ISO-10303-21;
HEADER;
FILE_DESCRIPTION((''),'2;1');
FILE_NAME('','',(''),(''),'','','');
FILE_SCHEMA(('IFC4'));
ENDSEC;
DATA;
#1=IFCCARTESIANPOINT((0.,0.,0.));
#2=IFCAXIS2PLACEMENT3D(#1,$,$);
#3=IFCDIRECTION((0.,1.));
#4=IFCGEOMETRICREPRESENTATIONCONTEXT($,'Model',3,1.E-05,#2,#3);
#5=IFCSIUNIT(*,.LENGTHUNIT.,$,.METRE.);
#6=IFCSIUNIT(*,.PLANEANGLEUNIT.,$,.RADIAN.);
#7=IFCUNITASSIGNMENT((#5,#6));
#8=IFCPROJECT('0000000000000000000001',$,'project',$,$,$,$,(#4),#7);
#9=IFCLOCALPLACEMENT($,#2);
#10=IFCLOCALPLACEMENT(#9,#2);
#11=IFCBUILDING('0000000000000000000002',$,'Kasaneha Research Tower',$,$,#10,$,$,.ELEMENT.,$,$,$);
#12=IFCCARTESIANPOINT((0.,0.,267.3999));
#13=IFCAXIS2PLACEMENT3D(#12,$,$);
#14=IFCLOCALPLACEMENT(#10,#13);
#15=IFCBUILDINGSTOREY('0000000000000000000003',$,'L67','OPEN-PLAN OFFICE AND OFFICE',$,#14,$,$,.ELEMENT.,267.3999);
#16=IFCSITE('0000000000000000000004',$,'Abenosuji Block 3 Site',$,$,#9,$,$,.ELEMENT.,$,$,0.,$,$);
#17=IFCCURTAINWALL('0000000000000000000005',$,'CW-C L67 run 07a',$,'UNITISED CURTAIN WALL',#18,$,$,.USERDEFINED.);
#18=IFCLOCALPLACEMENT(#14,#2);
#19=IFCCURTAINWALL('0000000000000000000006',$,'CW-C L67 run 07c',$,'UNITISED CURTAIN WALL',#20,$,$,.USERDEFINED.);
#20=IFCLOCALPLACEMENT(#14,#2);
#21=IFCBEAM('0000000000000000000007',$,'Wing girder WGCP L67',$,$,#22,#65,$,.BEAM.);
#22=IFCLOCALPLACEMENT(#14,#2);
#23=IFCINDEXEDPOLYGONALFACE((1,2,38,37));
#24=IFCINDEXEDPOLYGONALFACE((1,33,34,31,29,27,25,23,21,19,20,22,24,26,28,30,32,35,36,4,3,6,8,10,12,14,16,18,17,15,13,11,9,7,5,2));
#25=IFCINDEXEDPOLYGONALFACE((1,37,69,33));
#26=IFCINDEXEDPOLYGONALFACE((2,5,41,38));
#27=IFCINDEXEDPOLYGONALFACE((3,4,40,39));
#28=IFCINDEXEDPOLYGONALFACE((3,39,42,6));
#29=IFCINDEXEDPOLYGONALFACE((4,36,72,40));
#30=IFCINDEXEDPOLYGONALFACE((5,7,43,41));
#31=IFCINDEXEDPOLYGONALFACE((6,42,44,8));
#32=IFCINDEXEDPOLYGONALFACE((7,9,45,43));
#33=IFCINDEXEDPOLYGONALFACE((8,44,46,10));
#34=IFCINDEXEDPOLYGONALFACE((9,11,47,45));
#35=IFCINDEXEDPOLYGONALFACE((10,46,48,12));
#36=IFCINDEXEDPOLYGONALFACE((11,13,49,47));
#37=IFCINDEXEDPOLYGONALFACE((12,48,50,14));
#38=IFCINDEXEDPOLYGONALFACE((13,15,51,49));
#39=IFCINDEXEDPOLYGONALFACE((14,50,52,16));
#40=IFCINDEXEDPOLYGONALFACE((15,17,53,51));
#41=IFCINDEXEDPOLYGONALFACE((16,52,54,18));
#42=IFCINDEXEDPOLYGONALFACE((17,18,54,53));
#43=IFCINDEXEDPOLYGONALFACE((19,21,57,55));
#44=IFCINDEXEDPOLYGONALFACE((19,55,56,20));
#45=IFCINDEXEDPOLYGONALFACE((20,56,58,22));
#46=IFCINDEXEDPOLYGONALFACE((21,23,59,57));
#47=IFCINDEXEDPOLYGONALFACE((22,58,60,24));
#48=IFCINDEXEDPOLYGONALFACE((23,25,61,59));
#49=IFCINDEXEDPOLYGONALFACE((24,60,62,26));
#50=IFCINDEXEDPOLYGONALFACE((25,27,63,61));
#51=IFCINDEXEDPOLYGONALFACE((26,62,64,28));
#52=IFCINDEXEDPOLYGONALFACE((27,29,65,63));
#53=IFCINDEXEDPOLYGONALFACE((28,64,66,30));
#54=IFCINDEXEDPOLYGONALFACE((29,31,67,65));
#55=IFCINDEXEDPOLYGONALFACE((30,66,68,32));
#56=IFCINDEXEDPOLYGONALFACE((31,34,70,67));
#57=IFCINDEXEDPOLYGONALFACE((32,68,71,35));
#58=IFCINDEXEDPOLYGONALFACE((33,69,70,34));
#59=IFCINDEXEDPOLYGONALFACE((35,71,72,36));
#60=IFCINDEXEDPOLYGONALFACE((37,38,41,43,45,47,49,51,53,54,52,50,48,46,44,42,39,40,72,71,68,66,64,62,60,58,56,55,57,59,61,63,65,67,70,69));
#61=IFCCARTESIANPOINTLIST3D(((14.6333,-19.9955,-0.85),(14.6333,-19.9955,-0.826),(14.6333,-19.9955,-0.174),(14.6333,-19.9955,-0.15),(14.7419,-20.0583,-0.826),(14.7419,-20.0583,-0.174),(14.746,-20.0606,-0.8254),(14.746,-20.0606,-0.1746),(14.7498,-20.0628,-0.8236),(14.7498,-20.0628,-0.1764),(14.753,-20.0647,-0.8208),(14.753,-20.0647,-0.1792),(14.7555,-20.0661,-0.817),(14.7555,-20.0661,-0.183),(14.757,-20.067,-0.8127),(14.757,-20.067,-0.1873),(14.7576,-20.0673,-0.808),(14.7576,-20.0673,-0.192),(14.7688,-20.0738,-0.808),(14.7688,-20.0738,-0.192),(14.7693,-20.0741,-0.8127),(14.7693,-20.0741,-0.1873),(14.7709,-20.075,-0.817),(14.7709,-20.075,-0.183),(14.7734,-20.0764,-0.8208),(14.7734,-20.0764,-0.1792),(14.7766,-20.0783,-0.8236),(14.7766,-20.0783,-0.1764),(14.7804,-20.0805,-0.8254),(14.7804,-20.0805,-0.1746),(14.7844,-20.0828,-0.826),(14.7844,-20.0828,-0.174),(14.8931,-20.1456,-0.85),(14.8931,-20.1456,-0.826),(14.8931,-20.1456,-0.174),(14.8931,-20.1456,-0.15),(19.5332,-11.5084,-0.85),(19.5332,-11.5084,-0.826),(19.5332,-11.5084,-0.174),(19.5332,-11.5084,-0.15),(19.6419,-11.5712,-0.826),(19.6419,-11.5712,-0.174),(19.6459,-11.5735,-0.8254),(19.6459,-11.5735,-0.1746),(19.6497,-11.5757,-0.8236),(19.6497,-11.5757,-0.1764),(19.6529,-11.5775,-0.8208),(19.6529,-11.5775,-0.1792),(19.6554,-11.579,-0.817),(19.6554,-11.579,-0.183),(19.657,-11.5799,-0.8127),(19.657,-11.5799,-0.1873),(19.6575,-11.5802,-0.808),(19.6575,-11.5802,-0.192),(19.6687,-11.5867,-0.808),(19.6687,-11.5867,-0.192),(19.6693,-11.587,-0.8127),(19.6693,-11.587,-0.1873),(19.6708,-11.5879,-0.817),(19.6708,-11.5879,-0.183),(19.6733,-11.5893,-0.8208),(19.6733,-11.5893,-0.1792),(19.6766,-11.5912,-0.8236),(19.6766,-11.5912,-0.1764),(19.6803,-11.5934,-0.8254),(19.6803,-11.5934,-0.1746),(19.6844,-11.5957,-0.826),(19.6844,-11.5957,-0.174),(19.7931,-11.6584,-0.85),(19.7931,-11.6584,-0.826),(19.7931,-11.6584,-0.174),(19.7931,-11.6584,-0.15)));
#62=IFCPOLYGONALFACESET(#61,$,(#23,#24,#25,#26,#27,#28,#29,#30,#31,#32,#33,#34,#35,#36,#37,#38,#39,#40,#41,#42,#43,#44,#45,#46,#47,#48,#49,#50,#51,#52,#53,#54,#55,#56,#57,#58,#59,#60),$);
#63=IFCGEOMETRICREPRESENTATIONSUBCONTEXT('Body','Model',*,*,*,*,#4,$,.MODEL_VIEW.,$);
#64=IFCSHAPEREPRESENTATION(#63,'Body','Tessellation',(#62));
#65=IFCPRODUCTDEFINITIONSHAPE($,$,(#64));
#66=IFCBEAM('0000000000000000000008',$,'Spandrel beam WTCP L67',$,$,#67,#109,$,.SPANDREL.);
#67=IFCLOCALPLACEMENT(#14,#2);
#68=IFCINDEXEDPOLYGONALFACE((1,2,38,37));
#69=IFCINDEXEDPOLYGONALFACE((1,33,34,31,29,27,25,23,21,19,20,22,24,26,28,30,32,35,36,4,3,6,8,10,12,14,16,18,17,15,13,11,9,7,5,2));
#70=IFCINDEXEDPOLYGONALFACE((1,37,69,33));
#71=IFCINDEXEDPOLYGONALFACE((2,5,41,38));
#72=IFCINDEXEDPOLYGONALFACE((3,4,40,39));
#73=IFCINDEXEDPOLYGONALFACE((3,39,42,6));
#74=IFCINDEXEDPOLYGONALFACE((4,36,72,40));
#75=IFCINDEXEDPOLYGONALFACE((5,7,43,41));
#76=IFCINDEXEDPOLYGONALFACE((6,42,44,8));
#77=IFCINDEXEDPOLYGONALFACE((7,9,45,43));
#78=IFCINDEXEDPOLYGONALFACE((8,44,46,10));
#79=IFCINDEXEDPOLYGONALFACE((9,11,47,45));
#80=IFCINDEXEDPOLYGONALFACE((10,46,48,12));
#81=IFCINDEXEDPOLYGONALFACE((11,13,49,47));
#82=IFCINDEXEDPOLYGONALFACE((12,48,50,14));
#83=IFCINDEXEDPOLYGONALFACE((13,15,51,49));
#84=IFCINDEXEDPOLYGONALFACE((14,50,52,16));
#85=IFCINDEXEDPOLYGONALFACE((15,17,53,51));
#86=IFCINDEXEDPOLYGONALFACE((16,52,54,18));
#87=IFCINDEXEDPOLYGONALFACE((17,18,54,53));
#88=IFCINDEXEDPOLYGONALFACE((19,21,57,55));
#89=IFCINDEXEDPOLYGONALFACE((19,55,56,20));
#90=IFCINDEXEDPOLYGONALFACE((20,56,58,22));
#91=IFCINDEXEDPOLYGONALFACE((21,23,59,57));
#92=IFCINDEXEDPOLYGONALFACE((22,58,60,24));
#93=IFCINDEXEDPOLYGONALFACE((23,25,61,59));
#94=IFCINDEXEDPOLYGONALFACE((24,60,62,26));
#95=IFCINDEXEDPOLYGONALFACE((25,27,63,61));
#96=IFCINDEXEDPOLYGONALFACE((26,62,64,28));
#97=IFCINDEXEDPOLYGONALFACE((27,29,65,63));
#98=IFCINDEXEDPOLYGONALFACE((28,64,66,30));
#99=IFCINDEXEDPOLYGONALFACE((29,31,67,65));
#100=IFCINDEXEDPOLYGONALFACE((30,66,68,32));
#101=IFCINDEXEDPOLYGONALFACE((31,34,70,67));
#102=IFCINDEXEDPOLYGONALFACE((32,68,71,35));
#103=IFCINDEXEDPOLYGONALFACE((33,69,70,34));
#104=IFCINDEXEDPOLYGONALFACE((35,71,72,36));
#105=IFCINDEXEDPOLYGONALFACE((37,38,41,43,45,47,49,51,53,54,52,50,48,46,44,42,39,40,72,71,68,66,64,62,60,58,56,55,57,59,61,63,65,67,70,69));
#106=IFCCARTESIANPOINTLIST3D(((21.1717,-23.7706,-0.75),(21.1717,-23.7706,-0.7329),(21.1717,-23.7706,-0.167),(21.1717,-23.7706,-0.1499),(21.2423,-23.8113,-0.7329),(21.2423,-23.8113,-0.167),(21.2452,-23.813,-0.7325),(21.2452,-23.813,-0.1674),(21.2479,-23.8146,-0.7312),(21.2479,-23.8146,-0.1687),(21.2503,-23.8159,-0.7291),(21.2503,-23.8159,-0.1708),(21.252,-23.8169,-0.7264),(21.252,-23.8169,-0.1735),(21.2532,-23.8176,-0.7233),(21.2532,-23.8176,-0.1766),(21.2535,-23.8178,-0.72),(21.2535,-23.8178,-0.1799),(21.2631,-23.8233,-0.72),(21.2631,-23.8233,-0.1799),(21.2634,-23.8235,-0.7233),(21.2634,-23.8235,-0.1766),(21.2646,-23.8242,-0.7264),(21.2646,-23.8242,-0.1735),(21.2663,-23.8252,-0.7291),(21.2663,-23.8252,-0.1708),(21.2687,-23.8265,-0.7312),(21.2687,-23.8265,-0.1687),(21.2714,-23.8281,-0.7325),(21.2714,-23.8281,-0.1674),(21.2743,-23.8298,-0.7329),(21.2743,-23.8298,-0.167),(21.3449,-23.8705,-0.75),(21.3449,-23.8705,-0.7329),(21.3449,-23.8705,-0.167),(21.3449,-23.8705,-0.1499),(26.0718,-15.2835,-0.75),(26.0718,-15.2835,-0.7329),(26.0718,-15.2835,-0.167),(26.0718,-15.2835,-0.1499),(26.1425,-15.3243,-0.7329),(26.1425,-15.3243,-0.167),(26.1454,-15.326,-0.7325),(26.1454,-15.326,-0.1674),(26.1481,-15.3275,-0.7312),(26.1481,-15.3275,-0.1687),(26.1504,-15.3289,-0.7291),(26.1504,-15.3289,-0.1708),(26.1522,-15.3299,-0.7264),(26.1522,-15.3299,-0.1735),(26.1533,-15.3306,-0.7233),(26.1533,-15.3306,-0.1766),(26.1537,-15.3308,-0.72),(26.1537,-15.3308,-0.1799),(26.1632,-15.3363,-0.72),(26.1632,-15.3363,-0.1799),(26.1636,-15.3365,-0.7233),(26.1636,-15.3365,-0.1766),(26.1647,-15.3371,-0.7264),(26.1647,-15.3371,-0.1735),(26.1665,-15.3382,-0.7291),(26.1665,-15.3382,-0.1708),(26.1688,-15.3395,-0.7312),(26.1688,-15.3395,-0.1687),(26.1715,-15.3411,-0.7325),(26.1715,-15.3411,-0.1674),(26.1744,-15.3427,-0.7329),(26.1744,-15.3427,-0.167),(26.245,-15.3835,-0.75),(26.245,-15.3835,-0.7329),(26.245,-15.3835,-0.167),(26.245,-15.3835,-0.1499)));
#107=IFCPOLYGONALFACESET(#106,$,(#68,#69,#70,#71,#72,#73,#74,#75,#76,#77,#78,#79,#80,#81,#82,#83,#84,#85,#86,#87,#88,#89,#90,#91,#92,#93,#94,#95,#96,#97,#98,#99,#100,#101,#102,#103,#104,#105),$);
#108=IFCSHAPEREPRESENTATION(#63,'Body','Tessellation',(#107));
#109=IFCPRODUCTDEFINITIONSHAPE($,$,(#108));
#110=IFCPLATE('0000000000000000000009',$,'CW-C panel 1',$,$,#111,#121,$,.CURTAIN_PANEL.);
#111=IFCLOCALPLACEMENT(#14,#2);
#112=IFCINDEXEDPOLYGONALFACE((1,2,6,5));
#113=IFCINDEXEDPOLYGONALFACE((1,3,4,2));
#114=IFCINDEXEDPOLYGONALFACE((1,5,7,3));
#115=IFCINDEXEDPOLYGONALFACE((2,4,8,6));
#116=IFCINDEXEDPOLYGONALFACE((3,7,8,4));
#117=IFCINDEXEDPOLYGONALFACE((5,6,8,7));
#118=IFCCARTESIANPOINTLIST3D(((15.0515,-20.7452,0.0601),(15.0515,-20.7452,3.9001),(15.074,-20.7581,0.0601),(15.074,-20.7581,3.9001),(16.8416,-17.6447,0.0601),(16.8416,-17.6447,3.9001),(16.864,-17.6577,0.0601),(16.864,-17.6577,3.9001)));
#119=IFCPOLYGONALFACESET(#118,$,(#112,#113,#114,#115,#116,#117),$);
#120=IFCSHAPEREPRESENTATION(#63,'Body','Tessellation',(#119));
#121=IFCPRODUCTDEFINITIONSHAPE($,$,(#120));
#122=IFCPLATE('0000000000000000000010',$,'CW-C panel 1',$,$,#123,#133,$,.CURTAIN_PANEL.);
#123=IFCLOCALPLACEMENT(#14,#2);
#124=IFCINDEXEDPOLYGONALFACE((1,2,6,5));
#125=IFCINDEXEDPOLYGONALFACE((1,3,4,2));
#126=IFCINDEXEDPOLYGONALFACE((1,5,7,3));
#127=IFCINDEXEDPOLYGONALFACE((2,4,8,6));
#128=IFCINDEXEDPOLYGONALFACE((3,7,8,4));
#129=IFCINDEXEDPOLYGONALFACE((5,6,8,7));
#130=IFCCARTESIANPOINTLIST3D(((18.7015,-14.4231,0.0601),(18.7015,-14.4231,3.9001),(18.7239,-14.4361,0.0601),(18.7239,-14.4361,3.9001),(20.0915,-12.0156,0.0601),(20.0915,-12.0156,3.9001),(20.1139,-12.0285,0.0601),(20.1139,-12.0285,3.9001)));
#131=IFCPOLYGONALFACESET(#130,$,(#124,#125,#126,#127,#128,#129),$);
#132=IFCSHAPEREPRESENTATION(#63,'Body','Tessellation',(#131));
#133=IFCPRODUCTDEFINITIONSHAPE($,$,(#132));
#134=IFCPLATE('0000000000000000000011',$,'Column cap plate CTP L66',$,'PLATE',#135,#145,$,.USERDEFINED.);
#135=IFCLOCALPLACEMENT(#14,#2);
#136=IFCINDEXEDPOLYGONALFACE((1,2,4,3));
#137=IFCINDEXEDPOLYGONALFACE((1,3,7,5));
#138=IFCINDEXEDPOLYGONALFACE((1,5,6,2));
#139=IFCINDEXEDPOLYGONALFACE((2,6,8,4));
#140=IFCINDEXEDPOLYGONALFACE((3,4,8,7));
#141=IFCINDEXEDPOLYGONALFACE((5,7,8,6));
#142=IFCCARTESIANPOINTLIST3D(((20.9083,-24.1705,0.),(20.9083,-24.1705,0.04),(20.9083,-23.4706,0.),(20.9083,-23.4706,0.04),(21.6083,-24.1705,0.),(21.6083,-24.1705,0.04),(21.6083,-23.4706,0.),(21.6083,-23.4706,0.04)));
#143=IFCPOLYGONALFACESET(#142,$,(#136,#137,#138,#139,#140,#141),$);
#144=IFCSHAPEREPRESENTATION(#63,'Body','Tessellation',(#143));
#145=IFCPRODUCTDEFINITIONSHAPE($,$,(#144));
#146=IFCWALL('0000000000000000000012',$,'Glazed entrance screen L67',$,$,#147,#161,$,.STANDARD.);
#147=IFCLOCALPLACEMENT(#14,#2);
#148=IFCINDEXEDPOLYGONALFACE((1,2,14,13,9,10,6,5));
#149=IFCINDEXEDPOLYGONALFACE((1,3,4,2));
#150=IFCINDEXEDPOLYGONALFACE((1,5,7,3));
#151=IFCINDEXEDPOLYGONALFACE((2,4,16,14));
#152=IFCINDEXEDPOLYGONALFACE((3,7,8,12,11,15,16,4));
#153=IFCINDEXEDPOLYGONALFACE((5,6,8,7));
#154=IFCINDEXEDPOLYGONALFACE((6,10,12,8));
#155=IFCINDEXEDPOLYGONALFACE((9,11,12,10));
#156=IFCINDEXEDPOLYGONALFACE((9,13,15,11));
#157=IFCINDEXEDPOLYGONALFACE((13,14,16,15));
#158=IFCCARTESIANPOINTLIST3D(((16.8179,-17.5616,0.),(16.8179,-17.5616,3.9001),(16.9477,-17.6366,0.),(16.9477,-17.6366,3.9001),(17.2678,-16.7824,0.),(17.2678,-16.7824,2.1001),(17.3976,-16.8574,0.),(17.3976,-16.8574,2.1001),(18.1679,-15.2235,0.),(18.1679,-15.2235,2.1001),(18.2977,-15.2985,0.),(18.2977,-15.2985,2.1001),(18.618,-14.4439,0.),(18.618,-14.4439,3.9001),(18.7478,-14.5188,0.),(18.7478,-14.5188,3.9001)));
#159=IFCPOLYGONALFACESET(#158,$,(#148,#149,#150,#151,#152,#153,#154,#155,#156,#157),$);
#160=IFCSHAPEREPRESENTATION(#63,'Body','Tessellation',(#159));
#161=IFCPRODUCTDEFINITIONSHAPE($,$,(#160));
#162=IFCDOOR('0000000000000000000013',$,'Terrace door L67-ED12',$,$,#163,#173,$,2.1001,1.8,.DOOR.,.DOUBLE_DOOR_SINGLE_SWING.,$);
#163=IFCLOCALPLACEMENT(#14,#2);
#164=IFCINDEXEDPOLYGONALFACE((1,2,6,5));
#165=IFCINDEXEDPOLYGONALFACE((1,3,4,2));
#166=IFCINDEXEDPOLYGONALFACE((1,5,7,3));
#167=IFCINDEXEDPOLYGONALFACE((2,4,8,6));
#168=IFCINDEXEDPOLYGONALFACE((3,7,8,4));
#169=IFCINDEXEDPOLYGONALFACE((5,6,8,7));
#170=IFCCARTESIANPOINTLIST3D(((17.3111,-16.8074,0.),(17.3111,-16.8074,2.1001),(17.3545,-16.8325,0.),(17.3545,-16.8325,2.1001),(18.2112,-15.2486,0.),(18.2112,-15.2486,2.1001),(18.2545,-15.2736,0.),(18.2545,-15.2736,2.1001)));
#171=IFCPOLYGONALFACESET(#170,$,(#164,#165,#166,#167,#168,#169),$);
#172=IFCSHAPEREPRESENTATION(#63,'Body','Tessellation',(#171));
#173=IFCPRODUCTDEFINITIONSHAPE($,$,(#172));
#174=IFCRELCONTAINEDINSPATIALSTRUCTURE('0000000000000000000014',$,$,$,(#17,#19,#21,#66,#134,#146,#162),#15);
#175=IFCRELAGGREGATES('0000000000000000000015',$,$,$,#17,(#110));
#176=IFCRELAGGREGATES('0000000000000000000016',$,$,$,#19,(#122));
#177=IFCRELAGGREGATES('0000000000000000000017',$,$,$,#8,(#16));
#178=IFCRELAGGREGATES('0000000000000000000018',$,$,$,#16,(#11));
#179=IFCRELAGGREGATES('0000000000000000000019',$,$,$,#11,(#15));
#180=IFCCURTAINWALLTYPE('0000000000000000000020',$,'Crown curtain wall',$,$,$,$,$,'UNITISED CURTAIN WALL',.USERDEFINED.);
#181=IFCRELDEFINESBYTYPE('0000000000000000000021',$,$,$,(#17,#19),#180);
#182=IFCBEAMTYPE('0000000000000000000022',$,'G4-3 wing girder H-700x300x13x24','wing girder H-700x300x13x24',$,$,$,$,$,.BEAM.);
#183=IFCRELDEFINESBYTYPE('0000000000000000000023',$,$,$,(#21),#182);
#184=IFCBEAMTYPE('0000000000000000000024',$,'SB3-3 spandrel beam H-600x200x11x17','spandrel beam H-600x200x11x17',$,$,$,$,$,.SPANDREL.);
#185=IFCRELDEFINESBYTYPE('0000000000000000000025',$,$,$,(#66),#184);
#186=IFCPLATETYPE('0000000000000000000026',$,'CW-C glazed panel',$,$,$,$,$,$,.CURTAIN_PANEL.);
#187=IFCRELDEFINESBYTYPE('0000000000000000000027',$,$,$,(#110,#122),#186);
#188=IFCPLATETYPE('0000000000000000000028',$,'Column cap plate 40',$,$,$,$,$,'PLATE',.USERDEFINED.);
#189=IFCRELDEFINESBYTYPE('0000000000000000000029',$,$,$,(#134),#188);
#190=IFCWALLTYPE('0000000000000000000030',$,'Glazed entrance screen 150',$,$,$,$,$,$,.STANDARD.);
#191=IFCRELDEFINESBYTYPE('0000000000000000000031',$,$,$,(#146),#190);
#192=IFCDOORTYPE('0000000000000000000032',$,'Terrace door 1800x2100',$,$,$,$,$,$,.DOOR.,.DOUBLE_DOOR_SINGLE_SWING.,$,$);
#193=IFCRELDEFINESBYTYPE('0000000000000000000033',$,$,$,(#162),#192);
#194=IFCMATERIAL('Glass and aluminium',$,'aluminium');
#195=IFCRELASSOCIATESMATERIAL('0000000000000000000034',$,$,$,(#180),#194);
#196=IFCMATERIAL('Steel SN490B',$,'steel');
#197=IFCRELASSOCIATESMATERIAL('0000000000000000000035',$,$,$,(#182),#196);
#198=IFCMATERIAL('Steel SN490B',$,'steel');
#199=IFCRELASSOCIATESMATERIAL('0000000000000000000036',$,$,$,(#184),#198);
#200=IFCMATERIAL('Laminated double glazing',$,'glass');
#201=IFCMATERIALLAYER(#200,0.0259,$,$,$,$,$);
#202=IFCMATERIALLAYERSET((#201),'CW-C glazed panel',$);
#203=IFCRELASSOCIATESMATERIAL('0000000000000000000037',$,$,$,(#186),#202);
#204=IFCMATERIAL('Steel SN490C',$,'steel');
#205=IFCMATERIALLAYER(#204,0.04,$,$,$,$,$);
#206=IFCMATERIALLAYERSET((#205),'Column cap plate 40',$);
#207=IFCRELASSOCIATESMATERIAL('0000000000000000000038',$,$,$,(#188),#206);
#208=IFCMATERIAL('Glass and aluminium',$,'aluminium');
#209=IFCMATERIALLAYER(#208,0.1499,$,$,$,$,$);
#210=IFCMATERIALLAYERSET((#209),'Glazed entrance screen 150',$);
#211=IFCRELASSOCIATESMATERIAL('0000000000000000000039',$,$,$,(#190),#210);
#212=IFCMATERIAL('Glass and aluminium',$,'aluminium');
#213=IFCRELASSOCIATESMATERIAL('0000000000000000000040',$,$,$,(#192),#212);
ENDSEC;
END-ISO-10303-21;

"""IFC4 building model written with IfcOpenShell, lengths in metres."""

from ifc_helpers import new_model, si_unit, direction, frame, frame_2d, origin, origin_2d, place, context, subcontext, project, spatial, rectangle, i_section, extrude, material, layer, layer_set, material_profile, profile_set, type_object, element, fill, aggregate, save


model = new_model("IFC4")

# Units and contexts
model_context = context("Model", 3, precision=1e-05, world=origin(), true_north=direction((0.0, 1.0)))
body_context = subcontext(model_context, "Body", "Model", "MODEL_VIEW")
ifc_project = project(units=[si_unit("LENGTHUNIT", "METRE"), si_unit("PLANEANGLEUNIT", "RADIAN")], contexts=[model_context])

# Site, building, storey
site_placement = place(None, origin())
site = spatial("IfcSite", under=ifc_project, at=site_placement, Name="Abenosuji Block 3 Site", CompositionType="ELEMENT", RefElevation=0.0)
building_placement = place(site_placement, origin())
building = spatial("IfcBuilding", under=site, at=building_placement, Name="Kasaneha Research Tower", CompositionType="ELEMENT")
storey_placement = place(building_placement, frame((0.0, 0.0, 267.3999)))
storey = spatial("IfcBuildingStorey", under=building, at=storey_placement, Name="L67", Description="OPEN-PLAN OFFICE AND OFFICE", CompositionType="ELEMENT", Elevation=267.3999)

# Shared definitions
ifc_material_1 = material(Name="Glass and aluminium", Category="aluminium")
curtain_wall_type = type_object("IfcCurtainWallType", Name="Crown curtain wall", ElementType="UNITISED CURTAIN WALL", PredefinedType="USERDEFINED", material=ifc_material_1)

# Curtain walls
curtain_wall_1_placement = place(storey_placement, origin())
curtain_wall_1 = element("IfcCurtainWall", 1, at=curtain_wall_1_placement, inside=storey, type_object=curtain_wall_type, Name="CW-C L67 run 07a", ObjectType="UNITISED CURTAIN WALL", PredefinedType="USERDEFINED")
curtain_wall_2_placement = place(storey_placement, origin())
curtain_wall_2 = element("IfcCurtainWall", 2, at=curtain_wall_2_placement, inside=storey, type_object=curtain_wall_type, Name="CW-C L67 run 07c", ObjectType="UNITISED CURTAIN WALL", PredefinedType="USERDEFINED")

# Beams
ifc_material_2 = material(Name="Steel SN490B", Category="steel")
ifc_material_profile_1 = material_profile(ifc_material_2, i_section(OverallWidth=0.3, OverallDepth=0.7, WebThickness=0.0129, FlangeThickness=0.0239, FilletRadius=0.0181, at=origin_2d()), Name="H-700x300x13x24")
ifc_profile_set_1 = profile_set([ifc_material_profile_1], Name="Steel SN490B")
beam_type_1 = type_object("IfcBeamType", Name="G4-3 wing girder H-700x300x13x24", Description="wing girder H-700x300x13x24", PredefinedType="BEAM", material=ifc_profile_set_1)
beam_1_placement = place(storey_placement, frame((14.7632, -20.0706, -0.5), z_axis=(0.499992, 0.86603, 0.0), x_axis=(-0.86603, 0.499992, 0.0)))
element("IfcBeam", 3, at=beam_1_placement, inside=storey, type_object=beam_type_1, Name="Wing girder WGCP L67", PredefinedType="BEAM", context=body_context, shape_type="SweptSolid", body=[
    extrude(i_section(OverallWidth=0.3, OverallDepth=0.7, WebThickness=0.0129, FlangeThickness=0.0239, FilletRadius=0.0181, at=origin_2d()), origin(), (0.0, 0.0, 1.0), 9.8),
])
ifc_material_3 = material(Name="Steel SN490B", Category="steel")
ifc_material_profile_2 = material_profile(ifc_material_3, i_section(OverallWidth=0.2, OverallDepth=0.6001, WebThickness=0.011, FlangeThickness=0.0171, FilletRadius=0.0129, at=origin_2d()), Name="H-600x200x11x17")
ifc_profile_set_2 = profile_set([ifc_material_profile_2], Name="Steel SN490B")
beam_type_2 = type_object("IfcBeamType", Name="SB3-3 spandrel beam H-600x200x11x17", Description="spandrel beam H-600x200x11x17", PredefinedType="SPANDREL", material=ifc_profile_set_2)
beam_2_placement = place(storey_placement, frame((21.2583, -23.8206, -0.45), z_axis=(0.500011, 0.866019, 0.0), x_axis=(-0.866019, 0.500011, 0.0)))
element("IfcBeam", 4, at=beam_2_placement, inside=storey, type_object=beam_type_2, Name="Spandrel beam WTCP L67", PredefinedType="SPANDREL", context=body_context, shape_type="SweptSolid", body=[
    extrude(i_section(OverallWidth=0.2, OverallDepth=0.6001, WebThickness=0.011, FlangeThickness=0.0171, FilletRadius=0.0129, at=origin_2d()), origin(), (0.0, 0.0, 1.0), 9.8),
])

# Plates
ifc_material_4 = material(Name="Laminated double glazing", Category="glass")
ifc_layer_1 = layer(ifc_material_4, 0.0259)
ifc_layer_set_1 = layer_set([ifc_layer_1], Name="CW-C glazed panel")
plate_type_1 = type_object("IfcPlateType", Name="CW-C glazed panel", PredefinedType="CURTAIN_PANEL", material=ifc_layer_set_1)
plate_1_placement = place(storey_placement, frame((15.9578, -19.2014, 0.0601), z_axis=(0.0, 0.0, 1.0), x_axis=(0.5, 0.866025, 0.0)))
plate_1 = element("IfcPlate", 5, at=plate_1_placement, type_object=plate_type_1, Name="CW-C panel 1", PredefinedType="CURTAIN_PANEL", context=body_context, shape_type="SweptSolid", body=[
    extrude(rectangle(XDim=3.5801, YDim=0.0259, at=origin_2d()), origin(), (0.0, 0.0, 1.0), 3.8401),
])
aggregate(curtain_wall_1, [plate_1])
plate_2_placement = place(storey_placement, frame((19.4077, -13.2258, 0.0601), z_axis=(0.0, 0.0, 1.0), x_axis=(0.5, 0.866025, 0.0)))
plate_2 = element("IfcPlate", 6, at=plate_2_placement, type_object=plate_type_1, Name="CW-C panel 1", PredefinedType="CURTAIN_PANEL", context=body_context, shape_type="SweptSolid", body=[
    extrude(rectangle(XDim=2.78, YDim=0.0259, at=origin_2d()), origin(), (0.0, 0.0, 1.0), 3.8401),
])
aggregate(curtain_wall_2, [plate_2])
ifc_material_5 = material(Name="Steel SN490C", Category="steel")
ifc_layer_2 = layer(ifc_material_5, 0.04)
ifc_layer_set_2 = layer_set([ifc_layer_2], Name="Column cap plate 40")
plate_type_2 = type_object("IfcPlateType", Name="Column cap plate 40", ElementType="PLATE", PredefinedType="USERDEFINED", material=ifc_layer_set_2)
plate_3_placement = place(storey_placement, frame((21.2583, -23.8206, 0.0), z_axis=(0.0, 0.0, 1.0), x_axis=(1.0, 0.0, 0.0)))
element("IfcPlate", 7, at=plate_3_placement, inside=storey, type_object=plate_type_2, Name="Column cap plate CTP L66", ObjectType="PLATE", PredefinedType="USERDEFINED", context=body_context, shape_type="SweptSolid", body=[
    extrude(rectangle(XDim=0.7, YDim=0.7, at=origin_2d()), origin(), (0.0, 0.0, 1.0), 0.04),
])

# Wall, opening, door
ifc_material_6 = material(Name="Glass and aluminium", Category="aluminium")
ifc_layer_3 = layer(ifc_material_6, 0.1499)
ifc_layer_set_3 = layer_set([ifc_layer_3], Name="Glazed entrance screen 150")
wall_type_1 = type_object("IfcWallType", Name="Glazed entrance screen 150", PredefinedType="STANDARD", material=ifc_layer_set_3)
wall_1_placement = place(storey_placement, frame((16.8828, -17.5991, 0.0), z_axis=(0.0, 0.0, 1.0), x_axis=(0.500012, 0.866018, 0.0)))
wall_1 = element("IfcWall", 8, at=wall_1_placement, inside=storey, type_object=wall_type_1, Name="Glazed entrance screen L67", PredefinedType="STANDARD", context=body_context, shape_type="SweptSolid", body=[
    extrude(rectangle(XDim=3.6001, YDim=0.1499, at=frame_2d((1.8, 0.0))), origin(), (0.0, 0.0, 1.0), 3.9001),
])
opening_1_placement = place(wall_1_placement, frame((0.8999, 0.0, 0.0)))
opening_1 = element("IfcOpeningElement", 9, at=opening_1_placement, cuts=wall_1, PredefinedType="OPENING", context=body_context, shape_type="SweptSolid", body=[
    extrude(rectangle(XDim=1.8, YDim=2.1001, at=frame_2d((0.8999, 1.05))), frame((0.0, 0.085, 0.0), z_axis=(0.0, -1.0, 0.0), x_axis=(1.0, 0.0, 0.0)), (0.0, 0.0, 1.0), 0.1699),
])
ifc_material_7 = material(Name="Glass and aluminium", Category="aluminium")
door_type_1 = type_object("IfcDoorType", Name="Terrace door 1800x2100", OperationType="DOUBLE_DOOR_SINGLE_SWING", PredefinedType="DOOR", material=ifc_material_7)
door_1_placement = place(opening_1_placement, origin())
door_1 = element("IfcDoor", 10, at=door_1_placement, inside=storey, type_object=door_type_1, Name="Terrace door L67-ED12", OperationType="DOUBLE_DOOR_SINGLE_SWING", OverallHeight=2.1001, OverallWidth=1.8, PredefinedType="DOOR", context=body_context, shape_type="SweptSolid", body=[
    extrude(rectangle(XDim=1.8, YDim=2.1001, at=frame_2d((0.8999, 1.05))), frame((0.0, 0.0249, 0.0), z_axis=(0.0, -1.0, 0.0), x_axis=(1.0, 0.0, 0.0)), (0.0, 0.0, 1.0), 0.05),
])
fill(opening_1, door_1)

save(model, "model.ifc")
